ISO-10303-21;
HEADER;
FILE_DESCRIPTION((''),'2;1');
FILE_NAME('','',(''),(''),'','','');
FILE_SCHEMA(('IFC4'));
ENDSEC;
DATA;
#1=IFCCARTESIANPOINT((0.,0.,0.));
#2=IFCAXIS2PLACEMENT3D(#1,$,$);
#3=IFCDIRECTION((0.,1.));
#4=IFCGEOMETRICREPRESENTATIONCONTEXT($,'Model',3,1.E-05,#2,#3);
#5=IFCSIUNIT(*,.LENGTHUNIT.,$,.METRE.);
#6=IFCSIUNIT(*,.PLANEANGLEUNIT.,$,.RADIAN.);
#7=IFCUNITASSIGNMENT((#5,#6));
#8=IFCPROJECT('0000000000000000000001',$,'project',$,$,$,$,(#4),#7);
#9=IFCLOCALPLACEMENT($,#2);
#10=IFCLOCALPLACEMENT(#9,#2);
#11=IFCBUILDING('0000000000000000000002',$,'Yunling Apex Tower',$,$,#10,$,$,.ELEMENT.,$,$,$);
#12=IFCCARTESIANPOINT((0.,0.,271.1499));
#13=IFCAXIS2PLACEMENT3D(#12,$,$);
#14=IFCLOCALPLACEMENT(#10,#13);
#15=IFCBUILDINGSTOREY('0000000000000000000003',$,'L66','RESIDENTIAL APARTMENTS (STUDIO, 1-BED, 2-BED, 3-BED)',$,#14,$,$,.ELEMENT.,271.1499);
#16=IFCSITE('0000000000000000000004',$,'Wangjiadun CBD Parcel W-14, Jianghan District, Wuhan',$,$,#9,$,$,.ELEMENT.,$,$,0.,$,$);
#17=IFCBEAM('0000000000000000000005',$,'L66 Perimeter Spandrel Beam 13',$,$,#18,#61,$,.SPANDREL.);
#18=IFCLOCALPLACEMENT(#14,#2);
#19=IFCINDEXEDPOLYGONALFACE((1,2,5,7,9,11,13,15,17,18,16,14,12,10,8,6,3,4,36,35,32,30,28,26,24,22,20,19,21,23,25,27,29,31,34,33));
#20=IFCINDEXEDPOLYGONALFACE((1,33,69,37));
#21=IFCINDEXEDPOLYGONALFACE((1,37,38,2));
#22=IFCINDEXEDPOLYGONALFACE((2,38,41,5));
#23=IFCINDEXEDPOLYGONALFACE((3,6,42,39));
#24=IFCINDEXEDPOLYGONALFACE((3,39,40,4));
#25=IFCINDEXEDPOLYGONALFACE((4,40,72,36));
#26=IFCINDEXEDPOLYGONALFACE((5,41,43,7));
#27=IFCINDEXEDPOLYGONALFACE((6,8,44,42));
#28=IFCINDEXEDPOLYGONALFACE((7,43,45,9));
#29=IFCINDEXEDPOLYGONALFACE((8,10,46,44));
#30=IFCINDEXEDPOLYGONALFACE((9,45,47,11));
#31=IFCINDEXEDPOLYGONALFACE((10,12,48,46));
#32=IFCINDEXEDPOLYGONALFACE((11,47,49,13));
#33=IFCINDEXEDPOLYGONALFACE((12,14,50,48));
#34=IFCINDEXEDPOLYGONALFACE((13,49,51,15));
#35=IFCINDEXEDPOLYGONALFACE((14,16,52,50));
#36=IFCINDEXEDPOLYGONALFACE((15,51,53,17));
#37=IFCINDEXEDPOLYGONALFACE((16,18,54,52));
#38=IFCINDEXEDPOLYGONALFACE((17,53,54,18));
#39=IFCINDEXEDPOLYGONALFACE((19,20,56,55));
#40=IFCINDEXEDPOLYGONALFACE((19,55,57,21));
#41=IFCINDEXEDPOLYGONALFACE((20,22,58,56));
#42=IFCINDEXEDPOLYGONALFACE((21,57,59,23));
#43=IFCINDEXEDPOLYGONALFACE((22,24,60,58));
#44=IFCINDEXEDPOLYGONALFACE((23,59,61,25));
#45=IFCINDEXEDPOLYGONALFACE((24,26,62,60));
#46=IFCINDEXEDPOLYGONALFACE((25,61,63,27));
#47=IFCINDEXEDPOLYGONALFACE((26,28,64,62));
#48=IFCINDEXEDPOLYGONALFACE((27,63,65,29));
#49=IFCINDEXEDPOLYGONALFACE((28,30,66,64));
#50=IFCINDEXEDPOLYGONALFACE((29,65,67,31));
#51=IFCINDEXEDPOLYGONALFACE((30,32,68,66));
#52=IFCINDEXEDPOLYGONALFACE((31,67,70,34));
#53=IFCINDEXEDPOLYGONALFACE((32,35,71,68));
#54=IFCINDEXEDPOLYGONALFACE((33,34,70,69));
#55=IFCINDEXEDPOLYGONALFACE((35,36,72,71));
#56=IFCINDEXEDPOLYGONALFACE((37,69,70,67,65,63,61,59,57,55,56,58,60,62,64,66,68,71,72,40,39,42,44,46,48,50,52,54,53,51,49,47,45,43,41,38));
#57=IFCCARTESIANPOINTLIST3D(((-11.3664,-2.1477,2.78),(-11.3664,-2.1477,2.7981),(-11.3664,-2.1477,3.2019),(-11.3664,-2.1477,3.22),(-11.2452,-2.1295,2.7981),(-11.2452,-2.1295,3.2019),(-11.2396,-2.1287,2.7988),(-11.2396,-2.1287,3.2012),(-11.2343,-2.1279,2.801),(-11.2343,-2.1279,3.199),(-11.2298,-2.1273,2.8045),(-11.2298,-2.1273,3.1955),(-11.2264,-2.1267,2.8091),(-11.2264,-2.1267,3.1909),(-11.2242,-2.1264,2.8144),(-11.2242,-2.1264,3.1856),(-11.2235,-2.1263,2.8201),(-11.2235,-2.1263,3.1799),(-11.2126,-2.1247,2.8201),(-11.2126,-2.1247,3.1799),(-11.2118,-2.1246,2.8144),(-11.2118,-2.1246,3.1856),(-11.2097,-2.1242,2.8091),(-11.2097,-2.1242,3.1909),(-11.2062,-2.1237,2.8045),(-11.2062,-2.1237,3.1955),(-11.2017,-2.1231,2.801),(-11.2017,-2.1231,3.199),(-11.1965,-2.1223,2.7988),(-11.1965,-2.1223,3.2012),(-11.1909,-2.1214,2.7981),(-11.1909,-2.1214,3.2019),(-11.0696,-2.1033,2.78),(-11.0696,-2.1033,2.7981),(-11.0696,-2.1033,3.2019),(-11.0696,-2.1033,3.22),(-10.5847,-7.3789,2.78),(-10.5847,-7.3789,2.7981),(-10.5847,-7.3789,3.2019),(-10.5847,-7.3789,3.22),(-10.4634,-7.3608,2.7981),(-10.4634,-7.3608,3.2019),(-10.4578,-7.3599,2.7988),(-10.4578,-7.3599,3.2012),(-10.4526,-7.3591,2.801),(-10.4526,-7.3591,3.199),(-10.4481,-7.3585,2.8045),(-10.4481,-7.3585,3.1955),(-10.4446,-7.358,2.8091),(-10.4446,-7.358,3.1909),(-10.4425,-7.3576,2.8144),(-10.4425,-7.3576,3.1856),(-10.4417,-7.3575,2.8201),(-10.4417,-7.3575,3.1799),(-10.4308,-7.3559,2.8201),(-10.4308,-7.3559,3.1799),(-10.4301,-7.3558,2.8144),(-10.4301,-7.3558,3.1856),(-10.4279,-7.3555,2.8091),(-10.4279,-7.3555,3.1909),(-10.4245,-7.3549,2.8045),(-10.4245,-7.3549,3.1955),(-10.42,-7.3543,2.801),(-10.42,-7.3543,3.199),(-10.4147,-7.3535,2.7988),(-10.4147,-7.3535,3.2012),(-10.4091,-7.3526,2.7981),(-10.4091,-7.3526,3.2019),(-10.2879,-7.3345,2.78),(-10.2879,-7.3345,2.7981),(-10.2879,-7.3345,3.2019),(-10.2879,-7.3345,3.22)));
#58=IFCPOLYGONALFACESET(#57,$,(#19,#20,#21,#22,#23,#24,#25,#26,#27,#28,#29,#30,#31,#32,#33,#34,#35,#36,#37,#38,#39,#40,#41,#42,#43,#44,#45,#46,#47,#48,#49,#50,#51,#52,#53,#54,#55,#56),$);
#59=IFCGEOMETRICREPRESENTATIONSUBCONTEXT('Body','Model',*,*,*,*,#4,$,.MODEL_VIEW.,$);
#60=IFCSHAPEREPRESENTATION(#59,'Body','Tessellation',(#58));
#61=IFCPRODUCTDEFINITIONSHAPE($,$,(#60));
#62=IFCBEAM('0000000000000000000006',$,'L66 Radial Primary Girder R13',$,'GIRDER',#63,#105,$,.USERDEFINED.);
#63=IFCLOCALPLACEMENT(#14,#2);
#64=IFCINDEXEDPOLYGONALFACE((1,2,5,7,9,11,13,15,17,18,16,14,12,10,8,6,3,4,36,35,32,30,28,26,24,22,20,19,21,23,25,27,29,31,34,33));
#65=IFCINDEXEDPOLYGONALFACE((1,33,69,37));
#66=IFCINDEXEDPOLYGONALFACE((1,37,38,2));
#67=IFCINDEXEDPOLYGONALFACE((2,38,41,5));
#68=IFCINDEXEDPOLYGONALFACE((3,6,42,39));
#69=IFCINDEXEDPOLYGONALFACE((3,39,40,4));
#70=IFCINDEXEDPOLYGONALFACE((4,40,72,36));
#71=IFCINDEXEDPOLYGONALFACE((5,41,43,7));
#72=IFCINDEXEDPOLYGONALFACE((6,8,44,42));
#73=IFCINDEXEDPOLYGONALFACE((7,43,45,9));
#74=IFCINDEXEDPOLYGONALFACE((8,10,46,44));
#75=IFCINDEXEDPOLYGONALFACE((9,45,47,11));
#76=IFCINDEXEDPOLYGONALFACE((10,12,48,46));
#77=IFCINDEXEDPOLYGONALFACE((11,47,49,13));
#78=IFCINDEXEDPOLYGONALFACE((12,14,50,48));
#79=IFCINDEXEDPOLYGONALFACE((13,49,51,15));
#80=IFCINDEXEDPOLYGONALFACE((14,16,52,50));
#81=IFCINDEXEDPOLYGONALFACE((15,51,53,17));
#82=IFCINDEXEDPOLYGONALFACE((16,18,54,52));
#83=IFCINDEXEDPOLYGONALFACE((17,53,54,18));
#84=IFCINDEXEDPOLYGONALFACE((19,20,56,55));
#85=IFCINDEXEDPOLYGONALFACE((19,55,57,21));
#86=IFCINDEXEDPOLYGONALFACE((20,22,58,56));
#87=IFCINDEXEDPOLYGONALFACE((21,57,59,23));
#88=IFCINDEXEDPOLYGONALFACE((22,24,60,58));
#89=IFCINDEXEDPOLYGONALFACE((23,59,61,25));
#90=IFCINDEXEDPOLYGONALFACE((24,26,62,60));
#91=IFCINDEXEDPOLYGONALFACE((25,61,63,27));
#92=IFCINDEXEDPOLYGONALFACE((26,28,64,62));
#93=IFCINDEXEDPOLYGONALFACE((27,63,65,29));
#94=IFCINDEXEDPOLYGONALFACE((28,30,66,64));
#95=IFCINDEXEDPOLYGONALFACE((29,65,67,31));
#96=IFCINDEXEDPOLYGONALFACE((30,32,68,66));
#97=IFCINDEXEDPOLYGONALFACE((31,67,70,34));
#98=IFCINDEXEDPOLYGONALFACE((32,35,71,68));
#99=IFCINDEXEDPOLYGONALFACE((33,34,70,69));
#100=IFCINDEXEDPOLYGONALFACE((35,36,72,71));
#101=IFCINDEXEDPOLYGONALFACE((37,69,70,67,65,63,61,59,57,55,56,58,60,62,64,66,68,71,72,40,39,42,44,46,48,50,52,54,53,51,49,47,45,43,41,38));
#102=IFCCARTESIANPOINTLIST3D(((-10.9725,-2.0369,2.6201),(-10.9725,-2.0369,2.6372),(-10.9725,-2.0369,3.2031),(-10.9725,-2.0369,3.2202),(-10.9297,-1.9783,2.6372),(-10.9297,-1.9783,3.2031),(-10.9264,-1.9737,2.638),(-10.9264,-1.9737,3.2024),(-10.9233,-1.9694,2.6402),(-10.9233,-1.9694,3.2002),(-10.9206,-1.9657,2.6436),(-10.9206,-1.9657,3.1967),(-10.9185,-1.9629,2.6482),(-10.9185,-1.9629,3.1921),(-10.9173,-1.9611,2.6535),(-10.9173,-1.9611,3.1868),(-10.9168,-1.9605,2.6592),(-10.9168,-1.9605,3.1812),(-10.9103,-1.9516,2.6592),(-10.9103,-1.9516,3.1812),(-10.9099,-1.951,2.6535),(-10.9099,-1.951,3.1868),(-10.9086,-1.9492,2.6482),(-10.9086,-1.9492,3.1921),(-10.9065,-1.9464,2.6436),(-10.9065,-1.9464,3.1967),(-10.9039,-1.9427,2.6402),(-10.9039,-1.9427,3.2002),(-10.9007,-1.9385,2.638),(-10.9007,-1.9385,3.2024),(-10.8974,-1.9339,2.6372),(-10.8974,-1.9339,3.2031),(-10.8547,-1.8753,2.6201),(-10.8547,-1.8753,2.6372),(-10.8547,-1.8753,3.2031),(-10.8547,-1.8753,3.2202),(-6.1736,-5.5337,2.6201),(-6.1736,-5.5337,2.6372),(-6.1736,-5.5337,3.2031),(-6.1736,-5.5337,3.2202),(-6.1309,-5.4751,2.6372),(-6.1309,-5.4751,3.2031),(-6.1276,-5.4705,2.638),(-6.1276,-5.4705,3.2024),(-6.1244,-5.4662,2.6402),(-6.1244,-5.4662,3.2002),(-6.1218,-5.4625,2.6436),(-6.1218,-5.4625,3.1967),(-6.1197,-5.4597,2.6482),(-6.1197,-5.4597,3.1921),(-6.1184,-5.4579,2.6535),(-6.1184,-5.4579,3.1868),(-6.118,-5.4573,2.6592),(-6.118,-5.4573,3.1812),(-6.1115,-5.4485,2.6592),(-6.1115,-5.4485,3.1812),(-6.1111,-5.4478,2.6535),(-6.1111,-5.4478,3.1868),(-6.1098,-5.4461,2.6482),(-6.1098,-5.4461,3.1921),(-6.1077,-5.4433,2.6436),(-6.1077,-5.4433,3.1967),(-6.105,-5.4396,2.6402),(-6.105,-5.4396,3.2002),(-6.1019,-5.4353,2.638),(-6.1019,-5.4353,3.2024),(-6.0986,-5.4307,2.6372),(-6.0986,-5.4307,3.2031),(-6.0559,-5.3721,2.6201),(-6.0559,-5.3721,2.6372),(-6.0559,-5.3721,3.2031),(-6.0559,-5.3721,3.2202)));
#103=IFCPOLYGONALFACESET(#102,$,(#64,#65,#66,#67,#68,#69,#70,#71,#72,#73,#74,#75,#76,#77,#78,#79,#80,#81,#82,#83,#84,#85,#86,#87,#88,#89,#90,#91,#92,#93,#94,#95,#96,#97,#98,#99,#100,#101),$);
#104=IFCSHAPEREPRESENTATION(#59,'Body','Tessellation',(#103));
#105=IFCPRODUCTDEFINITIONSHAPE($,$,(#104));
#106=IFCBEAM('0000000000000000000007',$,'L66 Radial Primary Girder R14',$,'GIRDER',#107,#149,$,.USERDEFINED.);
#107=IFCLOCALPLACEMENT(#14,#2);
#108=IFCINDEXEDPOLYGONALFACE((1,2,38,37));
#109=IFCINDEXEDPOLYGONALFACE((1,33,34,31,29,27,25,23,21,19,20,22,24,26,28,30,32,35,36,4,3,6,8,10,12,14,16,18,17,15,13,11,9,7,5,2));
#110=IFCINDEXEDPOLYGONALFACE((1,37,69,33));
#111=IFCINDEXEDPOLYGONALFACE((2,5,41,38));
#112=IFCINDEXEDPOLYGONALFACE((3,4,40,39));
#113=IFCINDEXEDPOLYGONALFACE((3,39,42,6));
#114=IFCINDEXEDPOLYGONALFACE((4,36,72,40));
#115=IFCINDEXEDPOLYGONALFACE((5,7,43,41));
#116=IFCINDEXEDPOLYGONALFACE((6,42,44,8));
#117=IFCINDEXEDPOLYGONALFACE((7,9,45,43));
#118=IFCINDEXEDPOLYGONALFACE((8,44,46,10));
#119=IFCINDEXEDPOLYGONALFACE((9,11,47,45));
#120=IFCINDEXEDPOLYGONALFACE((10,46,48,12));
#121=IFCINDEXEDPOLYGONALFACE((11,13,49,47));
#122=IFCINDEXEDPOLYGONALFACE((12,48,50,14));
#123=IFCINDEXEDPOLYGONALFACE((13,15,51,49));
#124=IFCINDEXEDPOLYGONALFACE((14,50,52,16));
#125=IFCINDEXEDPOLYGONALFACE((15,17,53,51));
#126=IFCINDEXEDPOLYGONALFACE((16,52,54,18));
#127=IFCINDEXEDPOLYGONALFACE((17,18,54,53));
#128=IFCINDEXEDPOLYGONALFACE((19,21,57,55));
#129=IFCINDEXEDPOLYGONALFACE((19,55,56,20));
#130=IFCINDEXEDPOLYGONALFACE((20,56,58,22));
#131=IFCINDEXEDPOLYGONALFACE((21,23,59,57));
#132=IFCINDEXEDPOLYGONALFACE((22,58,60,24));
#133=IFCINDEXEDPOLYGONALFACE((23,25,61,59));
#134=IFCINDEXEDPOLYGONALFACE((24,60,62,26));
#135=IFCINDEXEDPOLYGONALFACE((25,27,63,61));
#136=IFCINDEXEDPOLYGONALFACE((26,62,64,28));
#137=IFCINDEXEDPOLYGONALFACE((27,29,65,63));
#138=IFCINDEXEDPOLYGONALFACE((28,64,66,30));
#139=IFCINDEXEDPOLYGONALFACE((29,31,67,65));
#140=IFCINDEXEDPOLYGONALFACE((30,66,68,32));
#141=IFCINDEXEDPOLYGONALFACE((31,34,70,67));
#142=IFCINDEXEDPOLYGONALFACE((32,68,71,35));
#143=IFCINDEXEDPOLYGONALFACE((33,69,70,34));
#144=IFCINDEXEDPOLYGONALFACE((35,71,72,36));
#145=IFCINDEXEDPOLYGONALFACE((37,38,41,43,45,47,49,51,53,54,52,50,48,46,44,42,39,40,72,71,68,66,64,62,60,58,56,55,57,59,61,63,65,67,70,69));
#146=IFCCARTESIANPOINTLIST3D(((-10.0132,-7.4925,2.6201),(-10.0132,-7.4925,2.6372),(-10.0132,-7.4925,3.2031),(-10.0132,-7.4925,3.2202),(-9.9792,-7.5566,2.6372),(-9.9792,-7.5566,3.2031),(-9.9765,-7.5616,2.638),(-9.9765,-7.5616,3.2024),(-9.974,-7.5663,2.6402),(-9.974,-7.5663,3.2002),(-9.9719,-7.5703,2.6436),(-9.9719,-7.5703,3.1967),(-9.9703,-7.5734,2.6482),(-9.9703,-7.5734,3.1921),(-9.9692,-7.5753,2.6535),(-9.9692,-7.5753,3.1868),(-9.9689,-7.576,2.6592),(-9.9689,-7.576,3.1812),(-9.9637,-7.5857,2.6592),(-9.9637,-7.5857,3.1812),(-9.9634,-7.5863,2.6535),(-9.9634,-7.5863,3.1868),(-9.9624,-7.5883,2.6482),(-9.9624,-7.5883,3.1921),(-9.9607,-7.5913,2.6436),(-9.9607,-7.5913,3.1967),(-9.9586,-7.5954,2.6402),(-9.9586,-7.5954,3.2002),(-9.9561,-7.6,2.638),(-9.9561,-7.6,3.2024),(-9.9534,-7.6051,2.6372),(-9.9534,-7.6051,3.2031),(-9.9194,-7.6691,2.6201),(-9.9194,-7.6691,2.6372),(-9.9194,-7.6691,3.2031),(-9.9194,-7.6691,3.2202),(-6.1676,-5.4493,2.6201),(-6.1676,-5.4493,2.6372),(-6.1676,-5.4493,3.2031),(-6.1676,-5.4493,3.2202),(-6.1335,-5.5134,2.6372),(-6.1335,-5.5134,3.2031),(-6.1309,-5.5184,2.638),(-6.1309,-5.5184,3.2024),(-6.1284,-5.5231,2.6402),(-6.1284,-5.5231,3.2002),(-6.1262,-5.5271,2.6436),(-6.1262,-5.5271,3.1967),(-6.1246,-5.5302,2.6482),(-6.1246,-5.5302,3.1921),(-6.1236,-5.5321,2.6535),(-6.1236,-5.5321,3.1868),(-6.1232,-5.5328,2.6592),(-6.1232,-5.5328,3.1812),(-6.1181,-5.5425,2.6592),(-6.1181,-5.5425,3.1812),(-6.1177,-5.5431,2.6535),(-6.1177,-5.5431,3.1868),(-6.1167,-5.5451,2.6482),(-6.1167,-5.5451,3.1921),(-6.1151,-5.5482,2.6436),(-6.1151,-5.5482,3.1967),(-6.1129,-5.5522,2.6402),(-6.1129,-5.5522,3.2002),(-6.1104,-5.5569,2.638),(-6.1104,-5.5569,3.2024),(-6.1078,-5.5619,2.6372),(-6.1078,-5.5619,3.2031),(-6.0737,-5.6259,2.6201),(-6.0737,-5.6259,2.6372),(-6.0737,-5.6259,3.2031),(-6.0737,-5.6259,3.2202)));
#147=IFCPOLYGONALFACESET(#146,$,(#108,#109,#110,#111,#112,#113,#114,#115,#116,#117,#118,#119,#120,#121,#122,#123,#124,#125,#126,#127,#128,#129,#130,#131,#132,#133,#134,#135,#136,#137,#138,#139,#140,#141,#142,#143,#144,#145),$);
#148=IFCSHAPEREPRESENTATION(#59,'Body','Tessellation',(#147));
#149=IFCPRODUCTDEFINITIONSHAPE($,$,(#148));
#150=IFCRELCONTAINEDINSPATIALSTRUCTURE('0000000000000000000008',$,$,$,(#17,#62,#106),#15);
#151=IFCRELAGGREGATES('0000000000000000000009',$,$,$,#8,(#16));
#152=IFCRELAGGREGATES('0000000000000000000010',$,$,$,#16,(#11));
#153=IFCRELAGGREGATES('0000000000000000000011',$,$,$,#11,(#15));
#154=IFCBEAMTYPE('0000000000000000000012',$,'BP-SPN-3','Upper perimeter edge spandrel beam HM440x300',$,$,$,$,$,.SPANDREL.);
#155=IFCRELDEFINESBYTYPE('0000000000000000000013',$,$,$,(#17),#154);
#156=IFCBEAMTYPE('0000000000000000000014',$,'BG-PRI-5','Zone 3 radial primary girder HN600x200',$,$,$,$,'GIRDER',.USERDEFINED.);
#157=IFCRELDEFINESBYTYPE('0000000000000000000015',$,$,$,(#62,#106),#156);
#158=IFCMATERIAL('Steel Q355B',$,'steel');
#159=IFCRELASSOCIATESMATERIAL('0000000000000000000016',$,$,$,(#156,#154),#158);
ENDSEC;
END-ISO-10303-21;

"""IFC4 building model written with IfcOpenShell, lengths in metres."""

from ifc_helpers import new_model, si_unit, direction, frame, origin, origin_2d, place, context, subcontext, project, spatial, i_section, extrude, source, transform, mapped, material, material_profile, profile_set, type_object, element, save


model = new_model("IFC4")

# Units and contexts
model_context = context("Model", 3, precision=1e-05, world=origin(), true_north=direction((0.0, 1.0)))
body_context = subcontext(model_context, "Body", "Model", "MODEL_VIEW")
ifc_project = project(units=[si_unit("LENGTHUNIT", "METRE"), si_unit("PLANEANGLEUNIT", "RADIAN")], contexts=[model_context])

# Site, building, storey
site_placement = place(None, origin())
site = spatial("IfcSite", under=ifc_project, at=site_placement, Name="Wangjiadun CBD Parcel W-14, Jianghan District, Wuhan", CompositionType="ELEMENT", RefElevation=0.0)
building_placement = place(site_placement, origin())
building = spatial("IfcBuilding", under=site, at=building_placement, Name="Yunling Apex Tower", CompositionType="ELEMENT")
storey_placement = place(building_placement, frame((0.0, 0.0, 271.1499)))
storey = spatial("IfcBuildingStorey", under=building, at=storey_placement, Name="L66", Description="RESIDENTIAL APARTMENTS (STUDIO, 1-BED, 2-BED, 3-BED)", CompositionType="ELEMENT", Elevation=271.1499)

# Shared definitions
ifc_material_1 = material(Name="Steel Q355B", Category="steel")

# Beams
ifc_material_profile_1 = material_profile(ifc_material_1, i_section(OverallWidth=0.2, OverallDepth=0.6001, WebThickness=0.011, FlangeThickness=0.0171, FilletRadius=0.022, at=origin_2d()))
ifc_profile_set_1 = profile_set([ifc_material_profile_1], Name="Steel Q355B")
beam_type_1 = type_object("IfcBeamType", Name="BG-PRI-5", Description="Zone 3 radial primary girder HN600x200", ElementType="GIRDER", PredefinedType="USERDEFINED", material=ifc_profile_set_1)
ifc_material_profile_2 = material_profile(ifc_material_1, i_section(OverallWidth=0.3, OverallDepth=0.4399, WebThickness=0.011, FlangeThickness=0.0181, FilletRadius=0.022, at=origin_2d()))
ifc_profile_set_2 = profile_set([ifc_material_profile_2], Name="Steel Q355B")
beam_type_2 = type_object("IfcBeamType", Name="BP-SPN-3", Description="Upper perimeter edge spandrel beam HM440x300", PredefinedType="SPANDREL", material=ifc_profile_set_2)
shared_shape_1 = source(origin(), body_context, "Body", "SweptSolid", [
    extrude(i_section(OverallWidth=0.3, OverallDepth=0.4399, WebThickness=0.011, FlangeThickness=0.0181, FilletRadius=0.022, at=origin_2d()), origin(), (0.0, 0.0, 1.0), 5.2893),
])
beam_1_placement = place(storey_placement, frame((-11.218, -2.1255, 3.0), z_axis=(0.147796, -0.989018, 0.0), x_axis=(0.989018, 0.147796, 0.0)))
element("IfcBeam", 1, at=beam_1_placement, inside=storey, type_object=beam_type_2, Name="L66 Perimeter Spandrel Beam 13", PredefinedType="SPANDREL", context=body_context, shape_type="MappedRepresentation", body=[
    mapped(shared_shape_1, transform((0.0, 0.0, 0.0), scale=1.0)),
])
shared_shape_2 = source(origin(), body_context, "Body", "SweptSolid", [
    extrude(i_section(OverallWidth=0.2, OverallDepth=0.6001, WebThickness=0.011, FlangeThickness=0.0171, FilletRadius=0.022, at=origin_2d()), origin(), (0.0, 0.0, 1.0), 5.9377),
])
beam_2_placement = place(storey_placement, frame((-10.9136, -1.9561, 2.9202), z_axis=(0.808193, -0.588917, 0.0), x_axis=(0.588917, 0.808193, 0.0)))
element("IfcBeam", 2, at=beam_2_placement, inside=storey, type_object=beam_type_1, Name="L66 Radial Primary Girder R13", ObjectType="GIRDER", PredefinedType="USERDEFINED", context=body_context, shape_type="MappedRepresentation", body=[
    mapped(shared_shape_2, transform((0.0, 0.0, 0.0), scale=1.0)),
])
shared_shape_3 = source(origin(), body_context, "Body", "SweptSolid", [
    extrude(i_section(OverallWidth=0.2, OverallDepth=0.6001, WebThickness=0.011, FlangeThickness=0.0171, FilletRadius=0.022, at=origin_2d()), origin(), (0.0, 0.0, 1.0), 4.3547),
])
beam_3_placement = place(storey_placement, frame((-9.9663, -7.5808, 2.9202), z_axis=(0.883098, 0.469188, 0.0), x_axis=(-0.469188, 0.883098, 0.0)))
element("IfcBeam", 3, at=beam_3_placement, inside=storey, type_object=beam_type_1, Name="L66 Radial Primary Girder R14", ObjectType="GIRDER", PredefinedType="USERDEFINED", context=body_context, shape_type="MappedRepresentation", body=[
    mapped(shared_shape_3, transform((0.0, 0.0, 0.0), scale=1.0)),
])

save(model, "model.ifc")
